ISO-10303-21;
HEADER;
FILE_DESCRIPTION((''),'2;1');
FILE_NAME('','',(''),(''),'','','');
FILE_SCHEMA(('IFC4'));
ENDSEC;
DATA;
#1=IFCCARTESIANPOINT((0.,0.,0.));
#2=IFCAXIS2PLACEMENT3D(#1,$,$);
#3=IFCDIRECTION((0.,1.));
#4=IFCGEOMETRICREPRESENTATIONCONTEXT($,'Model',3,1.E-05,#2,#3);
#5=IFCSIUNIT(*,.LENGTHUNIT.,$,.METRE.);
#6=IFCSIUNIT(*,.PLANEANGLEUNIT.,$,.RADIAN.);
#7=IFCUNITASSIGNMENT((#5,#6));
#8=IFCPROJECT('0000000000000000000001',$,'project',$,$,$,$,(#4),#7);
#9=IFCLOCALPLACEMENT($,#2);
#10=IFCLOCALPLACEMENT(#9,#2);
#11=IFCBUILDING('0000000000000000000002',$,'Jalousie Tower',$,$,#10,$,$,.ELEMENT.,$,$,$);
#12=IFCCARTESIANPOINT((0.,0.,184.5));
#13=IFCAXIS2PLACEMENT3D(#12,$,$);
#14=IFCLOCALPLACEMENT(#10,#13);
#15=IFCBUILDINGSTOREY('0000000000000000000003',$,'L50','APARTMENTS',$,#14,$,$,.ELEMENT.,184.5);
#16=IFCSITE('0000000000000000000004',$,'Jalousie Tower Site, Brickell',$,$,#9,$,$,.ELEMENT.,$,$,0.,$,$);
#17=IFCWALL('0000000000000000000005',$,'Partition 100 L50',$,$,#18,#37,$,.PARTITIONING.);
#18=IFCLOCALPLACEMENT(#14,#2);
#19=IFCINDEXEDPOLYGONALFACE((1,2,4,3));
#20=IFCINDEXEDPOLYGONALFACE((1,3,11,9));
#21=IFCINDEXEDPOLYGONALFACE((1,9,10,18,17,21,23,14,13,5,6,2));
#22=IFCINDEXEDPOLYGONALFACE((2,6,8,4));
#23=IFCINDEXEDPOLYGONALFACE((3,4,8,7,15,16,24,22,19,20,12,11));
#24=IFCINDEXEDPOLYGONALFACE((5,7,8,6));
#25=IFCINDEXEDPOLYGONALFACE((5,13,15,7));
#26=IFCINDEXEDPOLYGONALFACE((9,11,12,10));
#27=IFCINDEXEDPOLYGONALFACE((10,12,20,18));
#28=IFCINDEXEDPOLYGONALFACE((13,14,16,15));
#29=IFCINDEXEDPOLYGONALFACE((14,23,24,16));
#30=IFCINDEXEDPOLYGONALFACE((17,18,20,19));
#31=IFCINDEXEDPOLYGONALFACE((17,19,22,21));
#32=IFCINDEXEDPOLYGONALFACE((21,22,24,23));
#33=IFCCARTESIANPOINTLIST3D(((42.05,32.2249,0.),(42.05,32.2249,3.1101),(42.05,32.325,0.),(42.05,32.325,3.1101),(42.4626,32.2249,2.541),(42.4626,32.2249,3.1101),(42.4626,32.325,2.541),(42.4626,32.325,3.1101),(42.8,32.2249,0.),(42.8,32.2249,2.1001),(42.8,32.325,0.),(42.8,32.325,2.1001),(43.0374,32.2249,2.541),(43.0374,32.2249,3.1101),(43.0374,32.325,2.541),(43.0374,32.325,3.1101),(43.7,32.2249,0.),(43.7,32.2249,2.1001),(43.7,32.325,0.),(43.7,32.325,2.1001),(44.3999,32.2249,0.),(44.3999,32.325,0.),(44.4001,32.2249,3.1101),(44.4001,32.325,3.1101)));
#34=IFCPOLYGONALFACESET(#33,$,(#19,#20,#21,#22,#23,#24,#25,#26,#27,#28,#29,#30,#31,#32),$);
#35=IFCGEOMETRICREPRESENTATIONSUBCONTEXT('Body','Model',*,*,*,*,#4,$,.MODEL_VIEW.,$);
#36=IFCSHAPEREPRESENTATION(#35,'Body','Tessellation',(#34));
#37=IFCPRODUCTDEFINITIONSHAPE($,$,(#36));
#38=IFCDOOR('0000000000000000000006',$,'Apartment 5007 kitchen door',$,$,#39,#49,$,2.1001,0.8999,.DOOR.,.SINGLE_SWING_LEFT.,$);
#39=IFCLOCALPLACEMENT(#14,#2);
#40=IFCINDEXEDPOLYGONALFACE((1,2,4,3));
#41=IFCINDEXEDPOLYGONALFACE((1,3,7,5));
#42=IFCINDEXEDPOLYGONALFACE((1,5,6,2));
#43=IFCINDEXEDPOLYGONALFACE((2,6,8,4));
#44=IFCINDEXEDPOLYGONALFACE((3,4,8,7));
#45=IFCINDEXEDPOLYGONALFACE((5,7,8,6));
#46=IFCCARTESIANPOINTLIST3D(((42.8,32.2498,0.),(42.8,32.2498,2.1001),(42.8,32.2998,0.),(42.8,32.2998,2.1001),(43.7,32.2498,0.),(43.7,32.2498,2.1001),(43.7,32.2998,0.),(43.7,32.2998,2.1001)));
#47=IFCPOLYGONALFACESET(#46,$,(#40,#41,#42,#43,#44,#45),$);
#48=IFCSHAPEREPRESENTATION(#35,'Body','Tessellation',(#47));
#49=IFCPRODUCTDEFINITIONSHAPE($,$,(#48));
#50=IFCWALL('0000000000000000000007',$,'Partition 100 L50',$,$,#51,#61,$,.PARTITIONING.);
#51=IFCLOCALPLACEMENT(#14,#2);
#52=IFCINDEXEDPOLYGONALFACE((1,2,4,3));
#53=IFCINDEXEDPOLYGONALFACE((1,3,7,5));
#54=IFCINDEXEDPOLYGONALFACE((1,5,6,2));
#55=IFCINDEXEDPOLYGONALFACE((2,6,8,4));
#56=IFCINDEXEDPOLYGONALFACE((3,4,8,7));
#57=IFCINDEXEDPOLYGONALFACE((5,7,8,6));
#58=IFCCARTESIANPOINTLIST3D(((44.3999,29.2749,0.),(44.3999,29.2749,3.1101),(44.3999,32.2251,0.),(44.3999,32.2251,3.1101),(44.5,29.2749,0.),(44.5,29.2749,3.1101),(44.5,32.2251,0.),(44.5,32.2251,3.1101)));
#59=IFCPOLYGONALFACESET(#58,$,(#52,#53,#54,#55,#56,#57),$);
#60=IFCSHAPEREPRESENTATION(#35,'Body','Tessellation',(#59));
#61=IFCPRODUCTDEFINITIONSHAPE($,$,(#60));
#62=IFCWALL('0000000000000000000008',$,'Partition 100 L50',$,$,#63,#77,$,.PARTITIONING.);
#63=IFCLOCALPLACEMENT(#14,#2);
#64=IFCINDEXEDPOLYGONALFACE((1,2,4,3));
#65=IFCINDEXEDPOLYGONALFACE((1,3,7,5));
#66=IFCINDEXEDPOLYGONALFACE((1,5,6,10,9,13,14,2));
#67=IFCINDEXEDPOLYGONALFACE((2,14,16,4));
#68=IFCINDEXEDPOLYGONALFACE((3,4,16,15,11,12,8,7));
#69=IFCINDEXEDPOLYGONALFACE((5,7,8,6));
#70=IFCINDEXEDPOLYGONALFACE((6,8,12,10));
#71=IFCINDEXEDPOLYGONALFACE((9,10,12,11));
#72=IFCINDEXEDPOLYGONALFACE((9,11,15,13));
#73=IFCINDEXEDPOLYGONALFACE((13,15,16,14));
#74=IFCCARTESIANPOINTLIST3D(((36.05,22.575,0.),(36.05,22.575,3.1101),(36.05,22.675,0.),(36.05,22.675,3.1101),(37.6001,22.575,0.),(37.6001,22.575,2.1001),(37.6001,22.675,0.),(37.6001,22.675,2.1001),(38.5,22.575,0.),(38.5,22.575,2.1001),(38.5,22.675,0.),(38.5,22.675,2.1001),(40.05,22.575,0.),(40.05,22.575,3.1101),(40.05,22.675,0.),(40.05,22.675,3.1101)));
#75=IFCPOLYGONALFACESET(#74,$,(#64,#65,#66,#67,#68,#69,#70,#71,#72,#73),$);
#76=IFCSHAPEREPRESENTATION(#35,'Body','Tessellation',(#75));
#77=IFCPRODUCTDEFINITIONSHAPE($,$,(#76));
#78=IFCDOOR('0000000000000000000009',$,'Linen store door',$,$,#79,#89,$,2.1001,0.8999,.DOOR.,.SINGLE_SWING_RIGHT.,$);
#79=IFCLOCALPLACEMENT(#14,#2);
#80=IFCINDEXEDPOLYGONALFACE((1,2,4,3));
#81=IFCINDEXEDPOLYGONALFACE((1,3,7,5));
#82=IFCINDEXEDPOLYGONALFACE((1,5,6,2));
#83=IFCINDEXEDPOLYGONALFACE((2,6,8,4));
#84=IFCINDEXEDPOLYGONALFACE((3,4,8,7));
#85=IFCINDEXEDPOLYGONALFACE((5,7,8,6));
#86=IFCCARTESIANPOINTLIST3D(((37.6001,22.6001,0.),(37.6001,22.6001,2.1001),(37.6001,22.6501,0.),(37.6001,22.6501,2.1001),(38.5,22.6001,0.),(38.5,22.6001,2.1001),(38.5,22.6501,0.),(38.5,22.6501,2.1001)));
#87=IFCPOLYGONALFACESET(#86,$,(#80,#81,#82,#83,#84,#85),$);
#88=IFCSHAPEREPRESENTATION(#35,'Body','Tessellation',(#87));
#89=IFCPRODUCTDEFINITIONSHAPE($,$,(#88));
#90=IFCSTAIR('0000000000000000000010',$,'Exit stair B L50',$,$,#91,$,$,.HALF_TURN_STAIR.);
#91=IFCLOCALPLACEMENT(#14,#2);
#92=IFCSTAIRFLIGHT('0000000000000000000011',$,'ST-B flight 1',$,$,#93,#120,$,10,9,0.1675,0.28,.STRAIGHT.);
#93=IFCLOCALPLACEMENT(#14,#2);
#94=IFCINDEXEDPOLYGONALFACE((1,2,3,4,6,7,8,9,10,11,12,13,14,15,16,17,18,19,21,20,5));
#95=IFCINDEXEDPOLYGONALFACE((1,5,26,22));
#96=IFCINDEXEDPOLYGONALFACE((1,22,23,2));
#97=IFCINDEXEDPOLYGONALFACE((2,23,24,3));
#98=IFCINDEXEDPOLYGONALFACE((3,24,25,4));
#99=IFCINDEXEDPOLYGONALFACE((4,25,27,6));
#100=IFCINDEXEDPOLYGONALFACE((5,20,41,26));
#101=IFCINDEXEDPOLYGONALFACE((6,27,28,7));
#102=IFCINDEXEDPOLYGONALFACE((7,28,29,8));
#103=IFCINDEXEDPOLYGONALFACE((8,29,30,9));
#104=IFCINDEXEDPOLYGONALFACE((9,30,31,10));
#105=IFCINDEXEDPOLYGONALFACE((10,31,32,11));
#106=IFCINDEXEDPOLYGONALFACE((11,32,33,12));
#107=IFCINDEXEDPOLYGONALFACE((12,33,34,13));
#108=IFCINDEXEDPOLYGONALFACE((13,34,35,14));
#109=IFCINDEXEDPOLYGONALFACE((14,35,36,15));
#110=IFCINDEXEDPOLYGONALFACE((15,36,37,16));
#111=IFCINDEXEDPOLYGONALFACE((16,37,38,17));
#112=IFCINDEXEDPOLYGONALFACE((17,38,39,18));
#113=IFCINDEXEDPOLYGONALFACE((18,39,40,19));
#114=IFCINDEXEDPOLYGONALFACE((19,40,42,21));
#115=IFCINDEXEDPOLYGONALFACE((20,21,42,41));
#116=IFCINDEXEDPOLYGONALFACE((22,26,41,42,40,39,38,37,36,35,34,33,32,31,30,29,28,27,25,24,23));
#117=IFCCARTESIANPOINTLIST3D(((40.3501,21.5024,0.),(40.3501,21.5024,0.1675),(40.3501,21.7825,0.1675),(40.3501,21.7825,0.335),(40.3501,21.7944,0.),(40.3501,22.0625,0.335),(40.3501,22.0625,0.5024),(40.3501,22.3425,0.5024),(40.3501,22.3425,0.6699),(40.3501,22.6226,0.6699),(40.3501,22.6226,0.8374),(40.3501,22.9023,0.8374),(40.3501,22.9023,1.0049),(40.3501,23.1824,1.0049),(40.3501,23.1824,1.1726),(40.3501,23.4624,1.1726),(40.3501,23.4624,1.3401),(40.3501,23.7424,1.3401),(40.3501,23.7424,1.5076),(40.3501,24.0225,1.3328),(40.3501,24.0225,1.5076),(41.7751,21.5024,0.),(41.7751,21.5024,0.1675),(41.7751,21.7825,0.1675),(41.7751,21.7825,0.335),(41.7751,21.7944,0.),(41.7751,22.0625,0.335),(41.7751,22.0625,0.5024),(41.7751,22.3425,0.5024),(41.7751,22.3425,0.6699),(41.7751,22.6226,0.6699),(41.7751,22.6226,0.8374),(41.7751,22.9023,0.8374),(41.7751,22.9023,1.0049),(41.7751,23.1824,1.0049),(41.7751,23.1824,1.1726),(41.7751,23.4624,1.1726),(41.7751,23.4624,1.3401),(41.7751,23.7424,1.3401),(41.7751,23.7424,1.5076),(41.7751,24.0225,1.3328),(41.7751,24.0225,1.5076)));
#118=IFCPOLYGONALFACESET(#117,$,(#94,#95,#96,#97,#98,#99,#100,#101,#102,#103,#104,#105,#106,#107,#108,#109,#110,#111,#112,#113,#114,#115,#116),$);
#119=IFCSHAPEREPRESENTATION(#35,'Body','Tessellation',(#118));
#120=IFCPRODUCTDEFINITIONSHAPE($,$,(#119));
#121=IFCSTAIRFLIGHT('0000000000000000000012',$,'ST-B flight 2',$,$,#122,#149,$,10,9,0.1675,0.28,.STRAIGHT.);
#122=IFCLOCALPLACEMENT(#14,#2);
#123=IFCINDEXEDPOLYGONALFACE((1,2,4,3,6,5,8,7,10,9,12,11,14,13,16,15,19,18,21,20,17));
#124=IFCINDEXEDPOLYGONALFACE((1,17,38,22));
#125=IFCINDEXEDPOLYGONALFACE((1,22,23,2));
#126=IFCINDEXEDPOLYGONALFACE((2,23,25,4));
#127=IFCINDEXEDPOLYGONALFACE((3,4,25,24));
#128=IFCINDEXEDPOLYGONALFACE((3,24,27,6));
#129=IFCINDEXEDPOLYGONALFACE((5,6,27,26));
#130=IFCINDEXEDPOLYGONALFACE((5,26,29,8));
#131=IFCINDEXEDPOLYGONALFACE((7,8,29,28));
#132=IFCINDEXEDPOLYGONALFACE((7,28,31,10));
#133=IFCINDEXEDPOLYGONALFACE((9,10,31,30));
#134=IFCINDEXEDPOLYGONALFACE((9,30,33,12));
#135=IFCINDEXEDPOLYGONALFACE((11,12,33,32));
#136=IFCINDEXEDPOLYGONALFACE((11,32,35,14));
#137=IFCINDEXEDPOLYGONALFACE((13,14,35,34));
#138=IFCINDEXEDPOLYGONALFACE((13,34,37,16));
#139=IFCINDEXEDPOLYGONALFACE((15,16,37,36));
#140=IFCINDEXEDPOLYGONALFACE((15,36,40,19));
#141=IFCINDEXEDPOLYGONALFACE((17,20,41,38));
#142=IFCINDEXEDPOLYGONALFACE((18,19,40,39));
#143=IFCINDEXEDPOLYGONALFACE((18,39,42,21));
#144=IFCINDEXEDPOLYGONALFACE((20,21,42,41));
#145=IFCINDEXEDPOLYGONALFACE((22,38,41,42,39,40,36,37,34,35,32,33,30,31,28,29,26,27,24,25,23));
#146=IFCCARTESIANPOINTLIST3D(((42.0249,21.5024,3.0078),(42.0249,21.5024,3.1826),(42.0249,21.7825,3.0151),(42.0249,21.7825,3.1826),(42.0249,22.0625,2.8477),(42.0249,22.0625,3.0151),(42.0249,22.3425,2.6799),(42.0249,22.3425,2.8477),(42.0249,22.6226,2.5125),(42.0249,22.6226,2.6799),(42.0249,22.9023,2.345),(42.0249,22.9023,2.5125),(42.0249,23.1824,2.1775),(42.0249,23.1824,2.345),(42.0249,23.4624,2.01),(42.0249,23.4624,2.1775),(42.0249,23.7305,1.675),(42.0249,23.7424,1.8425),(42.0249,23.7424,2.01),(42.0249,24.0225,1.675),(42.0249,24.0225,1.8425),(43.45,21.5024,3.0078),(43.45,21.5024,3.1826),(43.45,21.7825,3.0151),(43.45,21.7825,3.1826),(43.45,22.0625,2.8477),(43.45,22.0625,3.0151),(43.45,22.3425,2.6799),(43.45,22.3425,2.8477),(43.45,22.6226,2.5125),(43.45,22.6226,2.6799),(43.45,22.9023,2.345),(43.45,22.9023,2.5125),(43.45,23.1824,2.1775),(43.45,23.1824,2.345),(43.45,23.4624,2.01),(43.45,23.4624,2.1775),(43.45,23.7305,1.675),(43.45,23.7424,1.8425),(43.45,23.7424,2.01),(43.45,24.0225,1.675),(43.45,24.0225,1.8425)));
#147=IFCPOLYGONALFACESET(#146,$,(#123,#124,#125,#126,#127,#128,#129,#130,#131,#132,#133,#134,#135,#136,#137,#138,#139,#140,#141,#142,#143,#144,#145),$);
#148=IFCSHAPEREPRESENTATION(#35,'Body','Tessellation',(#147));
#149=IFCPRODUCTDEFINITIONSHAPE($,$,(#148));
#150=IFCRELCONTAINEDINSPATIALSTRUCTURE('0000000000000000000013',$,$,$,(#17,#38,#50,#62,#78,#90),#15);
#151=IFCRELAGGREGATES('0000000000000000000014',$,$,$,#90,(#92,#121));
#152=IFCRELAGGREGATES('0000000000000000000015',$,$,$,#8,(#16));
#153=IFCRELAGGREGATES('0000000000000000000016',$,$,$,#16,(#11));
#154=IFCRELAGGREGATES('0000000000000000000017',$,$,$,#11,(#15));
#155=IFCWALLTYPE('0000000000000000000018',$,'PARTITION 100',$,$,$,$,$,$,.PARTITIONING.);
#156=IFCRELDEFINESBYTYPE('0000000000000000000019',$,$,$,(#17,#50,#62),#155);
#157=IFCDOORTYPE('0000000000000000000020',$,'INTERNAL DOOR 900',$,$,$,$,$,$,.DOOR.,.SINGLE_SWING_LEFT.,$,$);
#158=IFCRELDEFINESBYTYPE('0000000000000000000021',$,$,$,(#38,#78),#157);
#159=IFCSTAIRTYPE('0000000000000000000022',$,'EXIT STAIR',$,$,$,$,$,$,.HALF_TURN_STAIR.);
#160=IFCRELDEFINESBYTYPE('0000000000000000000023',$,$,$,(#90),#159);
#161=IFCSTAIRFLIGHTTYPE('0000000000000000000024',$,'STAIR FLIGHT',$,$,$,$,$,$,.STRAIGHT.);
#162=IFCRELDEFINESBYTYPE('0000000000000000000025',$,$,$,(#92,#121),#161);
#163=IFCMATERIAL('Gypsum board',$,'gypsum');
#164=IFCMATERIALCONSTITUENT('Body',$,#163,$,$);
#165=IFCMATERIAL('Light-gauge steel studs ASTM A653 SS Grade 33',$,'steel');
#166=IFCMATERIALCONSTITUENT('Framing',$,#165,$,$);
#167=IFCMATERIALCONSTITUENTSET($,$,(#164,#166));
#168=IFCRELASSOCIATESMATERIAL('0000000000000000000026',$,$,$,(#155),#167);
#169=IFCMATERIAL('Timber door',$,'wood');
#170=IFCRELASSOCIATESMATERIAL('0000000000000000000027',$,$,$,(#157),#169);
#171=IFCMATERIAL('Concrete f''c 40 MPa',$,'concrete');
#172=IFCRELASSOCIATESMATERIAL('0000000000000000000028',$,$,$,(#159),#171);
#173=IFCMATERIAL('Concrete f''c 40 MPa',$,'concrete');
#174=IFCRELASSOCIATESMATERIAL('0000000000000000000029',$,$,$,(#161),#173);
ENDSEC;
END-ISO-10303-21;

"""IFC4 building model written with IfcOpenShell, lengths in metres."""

from ifc_helpers import new_model, si_unit, direction, frame, frame_2d, origin, place, context, subcontext, project, spatial, polyline, rectangle, outline, extrude, material, constituent, constituent_set, type_object, element, fill, aggregate, save


model = new_model("IFC4")

# Units and contexts
model_context = context("Model", 3, precision=1e-05, world=origin(), true_north=direction((0.0, 1.0)))
body_context = subcontext(model_context, "Body", "Model", "MODEL_VIEW")
ifc_project = project(units=[si_unit("LENGTHUNIT", "METRE"), si_unit("PLANEANGLEUNIT", "RADIAN")], contexts=[model_context])

# Site, building, storey
site_placement = place(None, origin())
site = spatial("IfcSite", under=ifc_project, at=site_placement, Name="Jalousie Tower Site, Brickell", CompositionType="ELEMENT", RefElevation=0.0)
building_placement = place(site_placement, origin())
building = spatial("IfcBuilding", under=site, at=building_placement, Name="Jalousie Tower", CompositionType="ELEMENT")
storey_placement = place(building_placement, frame((0.0, 0.0, 184.5)))
storey = spatial("IfcBuildingStorey", under=building, at=storey_placement, Name="L50", Description="APARTMENTS", CompositionType="ELEMENT", Elevation=184.5)

# Wall, opening, door
ifc_material_1 = material(Name="Gypsum board", Category="gypsum")
ifc_constituent_1 = constituent(ifc_material_1, Name="Body")
ifc_material_2 = material(Name="Light-gauge steel studs ASTM A653 SS Grade 33", Category="steel")
ifc_constituent_2 = constituent(ifc_material_2, Name="Framing")
ifc_constituent_set_1 = constituent_set(constituents=[ifc_constituent_1, ifc_constituent_2])
wall_type_1 = type_object("IfcWallType", Name="PARTITION 100", PredefinedType="PARTITIONING", material=ifc_constituent_set_1)
wall_1_placement = place(storey_placement, frame((42.05, 32.2749, 0.0), z_axis=(0.0, 0.0, 1.0), x_axis=(1.0, 0.0, 0.0)))
wall_1 = element("IfcWall", 1, at=wall_1_placement, inside=storey, type_object=wall_type_1, Name="Partition 100 L50", PredefinedType="PARTITIONING", context=body_context, shape_type="SweptSolid", body=[
    extrude(outline(polyline([(0.0, 0.0), (2.3499, 0.0), (2.3501, 3.1101), (0.9873, 3.1101), (0.9873, 2.541), (0.4126, 2.541), (0.4126, 3.1101), (0.0, 3.1101), (0.0, 0.0)])), frame((0.0, 0.05, 0.0), z_axis=(0.0, -1.0, 0.0), x_axis=(1.0, 0.0, 0.0)), (0.0, 0.0, 1.0), 0.1001),
])
opening_1_placement = place(wall_1_placement, frame((0.75, 0.0, 0.0)))
opening_1 = element("IfcOpeningElement", 2, at=opening_1_placement, cuts=wall_1, PredefinedType="OPENING", context=body_context, shape_type="SweptSolid", body=[
    extrude(rectangle(XDim=0.8999, YDim=2.1001, at=frame_2d((0.45, 1.05))), frame((0.0, 0.0601, 0.0), z_axis=(0.0, -1.0, 0.0), x_axis=(1.0, 0.0, 0.0)), (0.0, 0.0, 1.0), 0.1201),
])
ifc_material_3 = material(Name="Timber door", Category="wood")
door_type_1 = type_object("IfcDoorType", Name="INTERNAL DOOR 900", OperationType="SINGLE_SWING_LEFT", PredefinedType="DOOR", material=ifc_material_3)
door_1_placement = place(opening_1_placement, origin())
door_1 = element("IfcDoor", 3, at=door_1_placement, inside=storey, type_object=door_type_1, Name="Apartment 5007 kitchen door", OperationType="SINGLE_SWING_LEFT", OverallHeight=2.1001, OverallWidth=0.8999, PredefinedType="DOOR", context=body_context, shape_type="SweptSolid", body=[
    extrude(rectangle(XDim=0.8999, YDim=2.1001, at=frame_2d((0.45, 1.05))), frame((0.0, 0.0249, 0.0), z_axis=(0.0, -1.0, 0.0), x_axis=(1.0, 0.0, 0.0)), (0.0, 0.0, 1.0), 0.05),
])
fill(opening_1, door_1)

# Wall
wall_2_placement = place(storey_placement, frame((44.45, 32.2251, 0.0), z_axis=(0.0, 0.0, 1.0), x_axis=(0.0, -1.0, 0.0)))
element("IfcWall", 4, at=wall_2_placement, inside=storey, type_object=wall_type_1, Name="Partition 100 L50", PredefinedType="PARTITIONING", context=body_context, shape_type="SweptSolid", body=[
    extrude(rectangle(XDim=2.9502, YDim=0.1001, at=frame_2d((1.4751, 0.0))), origin(), (0.0, 0.0, 1.0), 3.1101),
])

# Wall, opening, door
wall_3_placement = place(storey_placement, frame((36.05, 22.625, 0.0), z_axis=(0.0, 0.0, 1.0), x_axis=(1.0, 0.0, 0.0)))
wall_3 = element("IfcWall", 5, at=wall_3_placement, inside=storey, type_object=wall_type_1, Name="Partition 100 L50", PredefinedType="PARTITIONING", context=body_context, shape_type="SweptSolid", body=[
    extrude(rectangle(XDim=4.0, YDim=0.1001, at=frame_2d((2.0, 0.0))), origin(), (0.0, 0.0, 1.0), 3.1101),
])
opening_2_placement = place(wall_3_placement, frame((1.55, 0.0, 0.0)))
opening_2 = element("IfcOpeningElement", 6, at=opening_2_placement, cuts=wall_3, PredefinedType="OPENING", context=body_context, shape_type="SweptSolid", body=[
    extrude(rectangle(XDim=0.8999, YDim=2.1001, at=frame_2d((0.45, 1.05))), frame((0.0, 0.0601, 0.0), z_axis=(0.0, -1.0, 0.0), x_axis=(1.0, 0.0, 0.0)), (0.0, 0.0, 1.0), 0.1201),
])
door_2_placement = place(opening_2_placement, frame((0.8999, 0.0, 0.0), z_axis=(0.0, 0.0, 1.0), x_axis=(-1.0, 0.0, 0.0)))
door_2 = element("IfcDoor", 7, at=door_2_placement, inside=storey, type_object=door_type_1, Name="Linen store door", OperationType="SINGLE_SWING_RIGHT", OverallHeight=2.1001, OverallWidth=0.8999, PredefinedType="DOOR", context=body_context, shape_type="SweptSolid", body=[
    extrude(rectangle(XDim=0.8999, YDim=2.1001, at=frame_2d((0.45, 1.05))), frame((0.0, 0.0249, 0.0), z_axis=(0.0, -1.0, 0.0), x_axis=(1.0, 0.0, 0.0)), (0.0, 0.0, 1.0), 0.05),
])
fill(opening_2, door_2)

# Stair, stair flights
ifc_material_4 = material(Name="Concrete f'c 40 MPa", Category="concrete")
stair_type = type_object("IfcStairType", Name="EXIT STAIR", PredefinedType="HALF_TURN_STAIR", material=ifc_material_4)
stair_placement = place(storey_placement, origin())
stair = element("IfcStair", 8, at=stair_placement, inside=storey, type_object=stair_type, Name="Exit stair B L50", PredefinedType="HALF_TURN_STAIR")
ifc_material_5 = material(Name="Concrete f'c 40 MPa", Category="concrete")
stair_flight_type = type_object("IfcStairFlightType", Name="STAIR FLIGHT", PredefinedType="STRAIGHT", material=ifc_material_5)
stair_flight_1_placement = place(storey_placement, frame((41.0625, 21.5024, 0.0), z_axis=(0.0, 0.0, 1.0), x_axis=(0.0, 1.0, 0.0)))
stair_flight_1 = element("IfcStairFlight", 9, at=stair_flight_1_placement, type_object=stair_flight_type, Name="ST-B flight 1", NumberOfRisers=10, NumberOfTreads=9, PredefinedType="STRAIGHT", RiserHeight=0.1675, TreadLength=0.28, context=body_context, shape_type="SweptSolid", body=[
    extrude(outline(polyline([(0.0, 0.0), (0.0, 0.1675), (0.28, 0.1675), (0.28, 0.335), (0.5601, 0.335), (0.5601, 0.5024), (0.8401, 0.5024), (0.8401, 0.6699), (1.1201, 0.6699), (1.1201, 0.8374), (1.3999, 0.8374), (1.3999, 1.0049), (1.6799, 1.0049), (1.6799, 1.1726), (1.96, 1.1726), (1.96, 1.3401), (2.24, 1.3401), (2.24, 1.5076), (2.52, 1.5076), (2.52, 1.675), (2.52, 1.3328), (0.292, 0.0), (0.0, 0.0)])), frame((0.0, 0.7124, 0.0), z_axis=(0.0, -1.0, 0.0), x_axis=(1.0, 0.0, 0.0)), (0.0, 0.0, 1.0), 1.425),
])
stair_flight_2_placement = place(storey_placement, frame((42.7375, 24.0225, 1.675), z_axis=(0.0, 0.0, 1.0), x_axis=(0.0, -1.0, 0.0)))
stair_flight_2 = element("IfcStairFlight", 10, at=stair_flight_2_placement, type_object=stair_flight_type, Name="ST-B flight 2", NumberOfRisers=10, NumberOfTreads=9, PredefinedType="STRAIGHT", RiserHeight=0.1675, TreadLength=0.28, context=body_context, shape_type="SweptSolid", body=[
    extrude(outline(polyline([(0.0, 0.0), (0.0, 0.1675), (0.28, 0.1675), (0.28, 0.335), (0.5601, 0.335), (0.5601, 0.5024), (0.8401, 0.5024), (0.8401, 0.6699), (1.1201, 0.6699), (1.1201, 0.8374), (1.3999, 0.8374), (1.3999, 1.0049), (1.6799, 1.0049), (1.6799, 1.1726), (1.96, 1.1726), (1.96, 1.3401), (2.24, 1.3401), (2.24, 1.5076), (2.52, 1.5076), (2.52, 1.675), (2.52, 1.3328), (0.292, 0.0), (0.0, 0.0)])), frame((0.0, 0.7124, 0.0), z_axis=(0.0, -1.0, 0.0), x_axis=(1.0, 0.0, 0.0)), (0.0, 0.0, 1.0), 1.425),
])
aggregate(stair, [stair_flight_1, stair_flight_2])

save(model, "model.ifc")
